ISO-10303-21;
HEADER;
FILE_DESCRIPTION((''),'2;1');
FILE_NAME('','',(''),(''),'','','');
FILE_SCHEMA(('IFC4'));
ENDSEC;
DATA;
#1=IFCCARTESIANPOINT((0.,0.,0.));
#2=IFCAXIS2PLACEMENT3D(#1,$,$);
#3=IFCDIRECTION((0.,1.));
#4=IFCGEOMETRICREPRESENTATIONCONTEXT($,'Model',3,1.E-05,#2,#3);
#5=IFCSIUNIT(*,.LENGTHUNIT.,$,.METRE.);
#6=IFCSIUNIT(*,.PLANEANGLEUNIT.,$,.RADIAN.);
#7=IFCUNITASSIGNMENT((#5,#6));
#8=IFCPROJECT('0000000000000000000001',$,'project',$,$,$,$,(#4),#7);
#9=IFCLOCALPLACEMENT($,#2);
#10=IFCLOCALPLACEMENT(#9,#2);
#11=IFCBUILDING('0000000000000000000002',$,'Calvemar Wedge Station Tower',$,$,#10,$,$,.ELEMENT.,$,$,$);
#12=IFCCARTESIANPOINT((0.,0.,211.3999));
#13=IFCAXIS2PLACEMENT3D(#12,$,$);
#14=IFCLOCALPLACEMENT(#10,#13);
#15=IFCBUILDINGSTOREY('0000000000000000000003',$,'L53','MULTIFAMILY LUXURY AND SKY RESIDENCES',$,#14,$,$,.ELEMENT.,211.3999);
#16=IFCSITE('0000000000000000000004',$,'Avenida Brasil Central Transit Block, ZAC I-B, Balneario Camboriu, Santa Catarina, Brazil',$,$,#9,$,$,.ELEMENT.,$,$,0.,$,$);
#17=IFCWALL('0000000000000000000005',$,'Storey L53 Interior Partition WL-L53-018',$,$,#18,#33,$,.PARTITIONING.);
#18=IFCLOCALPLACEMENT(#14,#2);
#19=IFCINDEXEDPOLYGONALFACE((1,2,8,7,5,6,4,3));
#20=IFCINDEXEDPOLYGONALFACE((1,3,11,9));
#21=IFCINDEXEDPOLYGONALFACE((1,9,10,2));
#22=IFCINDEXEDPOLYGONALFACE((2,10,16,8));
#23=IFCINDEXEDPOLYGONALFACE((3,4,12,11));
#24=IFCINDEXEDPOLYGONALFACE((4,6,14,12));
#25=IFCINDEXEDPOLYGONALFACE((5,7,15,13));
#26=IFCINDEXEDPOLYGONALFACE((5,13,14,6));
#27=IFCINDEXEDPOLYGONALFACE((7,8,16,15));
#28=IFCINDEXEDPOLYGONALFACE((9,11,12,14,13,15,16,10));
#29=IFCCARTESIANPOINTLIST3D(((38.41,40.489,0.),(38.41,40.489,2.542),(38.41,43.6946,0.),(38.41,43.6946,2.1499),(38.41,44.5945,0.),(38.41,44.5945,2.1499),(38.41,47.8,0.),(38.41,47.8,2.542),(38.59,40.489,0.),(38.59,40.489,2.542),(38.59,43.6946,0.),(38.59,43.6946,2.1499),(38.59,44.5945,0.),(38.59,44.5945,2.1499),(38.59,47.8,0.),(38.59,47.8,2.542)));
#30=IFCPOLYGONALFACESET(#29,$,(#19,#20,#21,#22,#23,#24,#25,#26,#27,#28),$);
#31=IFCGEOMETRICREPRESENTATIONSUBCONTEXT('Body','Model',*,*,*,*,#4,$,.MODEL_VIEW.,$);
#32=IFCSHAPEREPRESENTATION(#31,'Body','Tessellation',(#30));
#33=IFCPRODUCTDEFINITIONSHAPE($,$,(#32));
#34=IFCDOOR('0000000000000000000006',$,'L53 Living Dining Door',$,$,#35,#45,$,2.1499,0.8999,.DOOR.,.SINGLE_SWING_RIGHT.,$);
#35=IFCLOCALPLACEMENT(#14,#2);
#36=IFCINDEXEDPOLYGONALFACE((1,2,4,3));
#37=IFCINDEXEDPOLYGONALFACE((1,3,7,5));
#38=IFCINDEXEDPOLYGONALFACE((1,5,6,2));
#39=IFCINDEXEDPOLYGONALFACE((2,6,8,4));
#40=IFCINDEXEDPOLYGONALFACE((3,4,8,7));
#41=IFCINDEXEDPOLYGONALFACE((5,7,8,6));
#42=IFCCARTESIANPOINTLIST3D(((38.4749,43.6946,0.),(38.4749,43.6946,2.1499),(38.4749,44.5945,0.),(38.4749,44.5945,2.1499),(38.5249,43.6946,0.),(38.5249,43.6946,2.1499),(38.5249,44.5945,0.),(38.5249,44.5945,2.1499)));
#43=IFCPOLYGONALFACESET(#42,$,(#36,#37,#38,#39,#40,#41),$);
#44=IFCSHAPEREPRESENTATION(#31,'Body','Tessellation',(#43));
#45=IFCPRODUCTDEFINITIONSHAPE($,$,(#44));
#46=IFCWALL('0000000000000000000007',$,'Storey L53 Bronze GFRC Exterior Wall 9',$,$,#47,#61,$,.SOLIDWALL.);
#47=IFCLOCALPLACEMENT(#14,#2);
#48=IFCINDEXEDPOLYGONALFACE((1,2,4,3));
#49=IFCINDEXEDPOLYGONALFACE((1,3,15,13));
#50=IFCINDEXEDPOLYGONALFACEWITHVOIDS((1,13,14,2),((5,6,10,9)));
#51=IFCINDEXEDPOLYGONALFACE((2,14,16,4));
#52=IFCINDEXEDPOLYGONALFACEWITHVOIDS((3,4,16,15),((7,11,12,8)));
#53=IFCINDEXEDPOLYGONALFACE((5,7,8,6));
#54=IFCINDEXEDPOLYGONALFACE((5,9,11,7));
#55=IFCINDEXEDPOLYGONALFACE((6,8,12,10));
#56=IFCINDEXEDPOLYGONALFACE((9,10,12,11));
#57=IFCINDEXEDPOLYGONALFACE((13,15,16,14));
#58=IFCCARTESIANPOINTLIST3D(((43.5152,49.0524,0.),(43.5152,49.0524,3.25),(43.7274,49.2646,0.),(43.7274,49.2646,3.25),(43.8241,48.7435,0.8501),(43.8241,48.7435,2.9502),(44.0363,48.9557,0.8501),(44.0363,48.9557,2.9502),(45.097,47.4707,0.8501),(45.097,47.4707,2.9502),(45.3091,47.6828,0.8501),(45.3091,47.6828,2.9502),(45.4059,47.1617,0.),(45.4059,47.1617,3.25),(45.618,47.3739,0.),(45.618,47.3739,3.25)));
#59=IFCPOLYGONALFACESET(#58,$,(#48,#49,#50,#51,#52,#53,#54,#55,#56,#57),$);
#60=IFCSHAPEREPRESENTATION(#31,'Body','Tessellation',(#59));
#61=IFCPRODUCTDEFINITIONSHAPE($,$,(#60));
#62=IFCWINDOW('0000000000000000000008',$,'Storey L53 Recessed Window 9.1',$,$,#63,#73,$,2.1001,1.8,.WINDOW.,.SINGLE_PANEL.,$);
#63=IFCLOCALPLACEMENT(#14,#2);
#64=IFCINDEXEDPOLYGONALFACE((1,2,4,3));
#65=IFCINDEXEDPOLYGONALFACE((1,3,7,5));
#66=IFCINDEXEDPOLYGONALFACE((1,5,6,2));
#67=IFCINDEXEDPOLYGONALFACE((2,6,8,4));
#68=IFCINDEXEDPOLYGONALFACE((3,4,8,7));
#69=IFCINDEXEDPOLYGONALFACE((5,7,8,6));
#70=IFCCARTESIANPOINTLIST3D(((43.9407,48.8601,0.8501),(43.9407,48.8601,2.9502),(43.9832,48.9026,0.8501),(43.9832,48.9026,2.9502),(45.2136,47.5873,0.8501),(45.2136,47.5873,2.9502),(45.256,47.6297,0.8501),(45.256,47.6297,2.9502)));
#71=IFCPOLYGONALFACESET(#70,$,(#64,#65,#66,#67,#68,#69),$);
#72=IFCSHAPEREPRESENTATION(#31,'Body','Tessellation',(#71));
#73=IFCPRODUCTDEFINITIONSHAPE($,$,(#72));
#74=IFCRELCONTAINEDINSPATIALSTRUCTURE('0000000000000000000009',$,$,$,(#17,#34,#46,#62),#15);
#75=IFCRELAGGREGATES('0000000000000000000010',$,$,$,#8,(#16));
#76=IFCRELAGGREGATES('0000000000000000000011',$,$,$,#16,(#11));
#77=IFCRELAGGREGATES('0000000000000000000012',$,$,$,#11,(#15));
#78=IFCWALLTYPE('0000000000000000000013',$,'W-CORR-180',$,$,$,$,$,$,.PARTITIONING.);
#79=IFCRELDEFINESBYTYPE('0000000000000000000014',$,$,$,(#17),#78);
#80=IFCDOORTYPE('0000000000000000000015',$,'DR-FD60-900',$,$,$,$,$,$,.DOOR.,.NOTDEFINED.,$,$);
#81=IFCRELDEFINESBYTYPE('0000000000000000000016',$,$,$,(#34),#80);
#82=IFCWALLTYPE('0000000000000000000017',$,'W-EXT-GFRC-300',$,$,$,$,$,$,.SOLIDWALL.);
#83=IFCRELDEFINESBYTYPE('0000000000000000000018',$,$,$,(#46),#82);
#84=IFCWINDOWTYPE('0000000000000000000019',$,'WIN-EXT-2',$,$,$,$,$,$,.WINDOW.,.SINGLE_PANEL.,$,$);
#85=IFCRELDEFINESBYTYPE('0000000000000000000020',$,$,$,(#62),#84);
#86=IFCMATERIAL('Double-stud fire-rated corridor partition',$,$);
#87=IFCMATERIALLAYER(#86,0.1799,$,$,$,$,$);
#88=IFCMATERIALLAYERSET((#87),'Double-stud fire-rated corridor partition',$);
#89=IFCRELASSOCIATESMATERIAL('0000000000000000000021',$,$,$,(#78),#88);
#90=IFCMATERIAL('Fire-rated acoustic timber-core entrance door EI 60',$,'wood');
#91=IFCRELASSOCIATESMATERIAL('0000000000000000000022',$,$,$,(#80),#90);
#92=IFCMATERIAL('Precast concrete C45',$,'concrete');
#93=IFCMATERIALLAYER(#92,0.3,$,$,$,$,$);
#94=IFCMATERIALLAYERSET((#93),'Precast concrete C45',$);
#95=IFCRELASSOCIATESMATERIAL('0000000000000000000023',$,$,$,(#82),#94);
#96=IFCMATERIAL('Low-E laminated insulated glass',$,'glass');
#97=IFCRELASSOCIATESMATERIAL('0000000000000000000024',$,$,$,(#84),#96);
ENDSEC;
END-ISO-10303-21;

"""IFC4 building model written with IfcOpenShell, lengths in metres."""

from ifc_helpers import new_model, si_unit, direction, frame, frame_2d, origin, place, context, subcontext, project, spatial, rectangle, extrude, source, transform, mapped, material, layer, layer_set, type_object, element, fill, save


model = new_model("IFC4")

# Units and contexts
model_context = context("Model", 3, precision=1e-05, world=origin(), true_north=direction((0.0, 1.0)))
body_context = subcontext(model_context, "Body", "Model", "MODEL_VIEW")
ifc_project = project(units=[si_unit("LENGTHUNIT", "METRE"), si_unit("PLANEANGLEUNIT", "RADIAN")], contexts=[model_context])

# Site, building, storey
site_placement = place(None, origin())
site = spatial("IfcSite", under=ifc_project, at=site_placement, Name="Avenida Brasil Central Transit Block, ZAC I-B, Balneario Camboriu, Santa Catarina, Brazil", CompositionType="ELEMENT", RefElevation=0.0)
building_placement = place(site_placement, origin())
building = spatial("IfcBuilding", under=site, at=building_placement, Name="Calvemar Wedge Station Tower", CompositionType="ELEMENT")
storey_placement = place(building_placement, frame((0.0, 0.0, 211.3999)))
storey = spatial("IfcBuildingStorey", under=building, at=storey_placement, Name="L53", Description="MULTIFAMILY LUXURY AND SKY RESIDENCES", CompositionType="ELEMENT", Elevation=211.3999)

# Wall, opening, door
ifc_material_1 = material(Name="Double-stud fire-rated corridor partition")
ifc_layer_1 = layer(ifc_material_1, 0.1799)
ifc_layer_set_1 = layer_set([ifc_layer_1], Name="Double-stud fire-rated corridor partition")
wall_type_1 = type_object("IfcWallType", Name="W-CORR-180", PredefinedType="PARTITIONING", material=ifc_layer_set_1)
wall_1_placement = place(storey_placement, frame((38.5, 47.8, 0.0), z_axis=(0.0, 0.0, 1.0), x_axis=(0.0, -1.0, 0.0)))
wall_1 = element("IfcWall", 1, at=wall_1_placement, inside=storey, type_object=wall_type_1, Name="Storey L53 Interior Partition WL-L53-018", PredefinedType="PARTITIONING", context=body_context, shape_type="SweptSolid", body=[
    extrude(rectangle(XDim=7.311, YDim=0.1799, at=frame_2d((3.6555, 0.0))), origin(), (0.0, 0.0, 1.0), 2.542),
])
shared_shape_1 = source(origin(), body_context, "Body", "SweptSolid", [
    extrude(rectangle(XDim=0.8999, YDim=2.1499, at=frame_2d((0.45, 1.075))), frame((0.0, 0.1001, 0.0), z_axis=(0.0, -1.0, 0.0), x_axis=(1.0, 0.0, 0.0)), (0.0, 0.0, 1.0), 0.2),
])
opening_1_placement = place(wall_1_placement, frame((3.2056, 0.0, 0.0)))
opening_1 = element("IfcOpeningElement", 2, at=opening_1_placement, cuts=wall_1, PredefinedType="OPENING", context=body_context, shape_type="MappedRepresentation", body=[
    mapped(shared_shape_1, transform((0.0, 0.0, 0.0), scale=1.0)),
])
ifc_material_2 = material(Name="Fire-rated acoustic timber-core entrance door EI 60", Category="wood")
door_type_1 = type_object("IfcDoorType", Name="DR-FD60-900", OperationType="NOTDEFINED", PredefinedType="DOOR", material=ifc_material_2)
shared_shape_2 = source(origin(), body_context, "Body", "SweptSolid", [
    extrude(rectangle(XDim=0.8999, YDim=2.1499, at=frame_2d((0.45, 1.075))), frame((0.0, 0.0249, 0.0), z_axis=(0.0, -1.0, 0.0), x_axis=(1.0, 0.0, 0.0)), (0.0, 0.0, 1.0), 0.05),
])
door_1_placement = place(opening_1_placement, origin())
door_1 = element("IfcDoor", 3, at=door_1_placement, inside=storey, type_object=door_type_1, Name="L53 Living Dining Door", OperationType="SINGLE_SWING_RIGHT", OverallHeight=2.1499, OverallWidth=0.8999, PredefinedType="DOOR", context=body_context, shape_type="MappedRepresentation", body=[
    mapped(shared_shape_2, transform((0.0, 0.0, 0.0), scale=1.0)),
])
fill(opening_1, door_1)

# Wall, opening, window
ifc_material_3 = material(Name="Precast concrete C45", Category="concrete")
ifc_layer_2 = layer(ifc_material_3, 0.3)
ifc_layer_set_2 = layer_set([ifc_layer_2], Name="Precast concrete C45")
wall_type_2 = type_object("IfcWallType", Name="W-EXT-GFRC-300", PredefinedType="SOLIDWALL", material=ifc_layer_set_2)
wall_2_placement = place(storey_placement, frame((45.512, 47.2678, 0.0), z_axis=(0.0, 0.0, 1.0), x_axis=(-0.707107, 0.707107, 0.0)))
wall_2 = element("IfcWall", 4, at=wall_2_placement, inside=storey, type_object=wall_type_2, Name="Storey L53 Bronze GFRC Exterior Wall 9", PredefinedType="SOLIDWALL", context=body_context, shape_type="SweptSolid", body=[
    extrude(rectangle(XDim=2.6738, YDim=0.3, at=frame_2d((1.3369, 0.0))), origin(), (0.0, 0.0, 1.0), 3.25),
])
shared_shape_3 = source(origin(), body_context, "Body", "SweptSolid", [
    extrude(rectangle(XDim=1.8, YDim=2.1001, at=frame_2d((0.8999, 1.05))), frame((0.0, 0.1602, 0.0), z_axis=(0.0, -1.0, 0.0), x_axis=(1.0, 0.0, 0.0)), (0.0, 0.0, 1.0), 0.3201),
])
opening_2_placement = place(wall_2_placement, frame((0.437, 0.0, 0.8501)))
opening_2 = element("IfcOpeningElement", 5, at=opening_2_placement, cuts=wall_2, PredefinedType="OPENING", context=body_context, shape_type="MappedRepresentation", body=[
    mapped(shared_shape_3, transform((0.0, 0.0, 0.0), scale=1.0)),
])
ifc_material_4 = material(Name="Low-E laminated insulated glass", Category="glass")
window_type_1 = type_object("IfcWindowType", Name="WIN-EXT-2", PartitioningType="SINGLE_PANEL", PredefinedType="WINDOW", material=ifc_material_4)
shared_shape_4 = source(origin(), body_context, "Body", "SweptSolid", [
    extrude(rectangle(XDim=1.8, YDim=2.1001, at=frame_2d((0.8999, 1.05))), frame((0.0, -0.0149, 0.0), z_axis=(0.0, -1.0, 0.0), x_axis=(1.0, 0.0, 0.0)), (0.0, 0.0, 1.0), 0.0601),
])
window_1_placement = place(opening_2_placement, origin())
window_1 = element("IfcWindow", 6, at=window_1_placement, inside=storey, type_object=window_type_1, Name="Storey L53 Recessed Window 9.1", OverallHeight=2.1001, OverallWidth=1.8, PartitioningType="SINGLE_PANEL", PredefinedType="WINDOW", context=body_context, shape_type="MappedRepresentation", body=[
    mapped(shared_shape_4, transform((0.0, 0.0, 0.0), scale=1.0)),
])
fill(opening_2, window_1)

save(model, "model.ifc")
